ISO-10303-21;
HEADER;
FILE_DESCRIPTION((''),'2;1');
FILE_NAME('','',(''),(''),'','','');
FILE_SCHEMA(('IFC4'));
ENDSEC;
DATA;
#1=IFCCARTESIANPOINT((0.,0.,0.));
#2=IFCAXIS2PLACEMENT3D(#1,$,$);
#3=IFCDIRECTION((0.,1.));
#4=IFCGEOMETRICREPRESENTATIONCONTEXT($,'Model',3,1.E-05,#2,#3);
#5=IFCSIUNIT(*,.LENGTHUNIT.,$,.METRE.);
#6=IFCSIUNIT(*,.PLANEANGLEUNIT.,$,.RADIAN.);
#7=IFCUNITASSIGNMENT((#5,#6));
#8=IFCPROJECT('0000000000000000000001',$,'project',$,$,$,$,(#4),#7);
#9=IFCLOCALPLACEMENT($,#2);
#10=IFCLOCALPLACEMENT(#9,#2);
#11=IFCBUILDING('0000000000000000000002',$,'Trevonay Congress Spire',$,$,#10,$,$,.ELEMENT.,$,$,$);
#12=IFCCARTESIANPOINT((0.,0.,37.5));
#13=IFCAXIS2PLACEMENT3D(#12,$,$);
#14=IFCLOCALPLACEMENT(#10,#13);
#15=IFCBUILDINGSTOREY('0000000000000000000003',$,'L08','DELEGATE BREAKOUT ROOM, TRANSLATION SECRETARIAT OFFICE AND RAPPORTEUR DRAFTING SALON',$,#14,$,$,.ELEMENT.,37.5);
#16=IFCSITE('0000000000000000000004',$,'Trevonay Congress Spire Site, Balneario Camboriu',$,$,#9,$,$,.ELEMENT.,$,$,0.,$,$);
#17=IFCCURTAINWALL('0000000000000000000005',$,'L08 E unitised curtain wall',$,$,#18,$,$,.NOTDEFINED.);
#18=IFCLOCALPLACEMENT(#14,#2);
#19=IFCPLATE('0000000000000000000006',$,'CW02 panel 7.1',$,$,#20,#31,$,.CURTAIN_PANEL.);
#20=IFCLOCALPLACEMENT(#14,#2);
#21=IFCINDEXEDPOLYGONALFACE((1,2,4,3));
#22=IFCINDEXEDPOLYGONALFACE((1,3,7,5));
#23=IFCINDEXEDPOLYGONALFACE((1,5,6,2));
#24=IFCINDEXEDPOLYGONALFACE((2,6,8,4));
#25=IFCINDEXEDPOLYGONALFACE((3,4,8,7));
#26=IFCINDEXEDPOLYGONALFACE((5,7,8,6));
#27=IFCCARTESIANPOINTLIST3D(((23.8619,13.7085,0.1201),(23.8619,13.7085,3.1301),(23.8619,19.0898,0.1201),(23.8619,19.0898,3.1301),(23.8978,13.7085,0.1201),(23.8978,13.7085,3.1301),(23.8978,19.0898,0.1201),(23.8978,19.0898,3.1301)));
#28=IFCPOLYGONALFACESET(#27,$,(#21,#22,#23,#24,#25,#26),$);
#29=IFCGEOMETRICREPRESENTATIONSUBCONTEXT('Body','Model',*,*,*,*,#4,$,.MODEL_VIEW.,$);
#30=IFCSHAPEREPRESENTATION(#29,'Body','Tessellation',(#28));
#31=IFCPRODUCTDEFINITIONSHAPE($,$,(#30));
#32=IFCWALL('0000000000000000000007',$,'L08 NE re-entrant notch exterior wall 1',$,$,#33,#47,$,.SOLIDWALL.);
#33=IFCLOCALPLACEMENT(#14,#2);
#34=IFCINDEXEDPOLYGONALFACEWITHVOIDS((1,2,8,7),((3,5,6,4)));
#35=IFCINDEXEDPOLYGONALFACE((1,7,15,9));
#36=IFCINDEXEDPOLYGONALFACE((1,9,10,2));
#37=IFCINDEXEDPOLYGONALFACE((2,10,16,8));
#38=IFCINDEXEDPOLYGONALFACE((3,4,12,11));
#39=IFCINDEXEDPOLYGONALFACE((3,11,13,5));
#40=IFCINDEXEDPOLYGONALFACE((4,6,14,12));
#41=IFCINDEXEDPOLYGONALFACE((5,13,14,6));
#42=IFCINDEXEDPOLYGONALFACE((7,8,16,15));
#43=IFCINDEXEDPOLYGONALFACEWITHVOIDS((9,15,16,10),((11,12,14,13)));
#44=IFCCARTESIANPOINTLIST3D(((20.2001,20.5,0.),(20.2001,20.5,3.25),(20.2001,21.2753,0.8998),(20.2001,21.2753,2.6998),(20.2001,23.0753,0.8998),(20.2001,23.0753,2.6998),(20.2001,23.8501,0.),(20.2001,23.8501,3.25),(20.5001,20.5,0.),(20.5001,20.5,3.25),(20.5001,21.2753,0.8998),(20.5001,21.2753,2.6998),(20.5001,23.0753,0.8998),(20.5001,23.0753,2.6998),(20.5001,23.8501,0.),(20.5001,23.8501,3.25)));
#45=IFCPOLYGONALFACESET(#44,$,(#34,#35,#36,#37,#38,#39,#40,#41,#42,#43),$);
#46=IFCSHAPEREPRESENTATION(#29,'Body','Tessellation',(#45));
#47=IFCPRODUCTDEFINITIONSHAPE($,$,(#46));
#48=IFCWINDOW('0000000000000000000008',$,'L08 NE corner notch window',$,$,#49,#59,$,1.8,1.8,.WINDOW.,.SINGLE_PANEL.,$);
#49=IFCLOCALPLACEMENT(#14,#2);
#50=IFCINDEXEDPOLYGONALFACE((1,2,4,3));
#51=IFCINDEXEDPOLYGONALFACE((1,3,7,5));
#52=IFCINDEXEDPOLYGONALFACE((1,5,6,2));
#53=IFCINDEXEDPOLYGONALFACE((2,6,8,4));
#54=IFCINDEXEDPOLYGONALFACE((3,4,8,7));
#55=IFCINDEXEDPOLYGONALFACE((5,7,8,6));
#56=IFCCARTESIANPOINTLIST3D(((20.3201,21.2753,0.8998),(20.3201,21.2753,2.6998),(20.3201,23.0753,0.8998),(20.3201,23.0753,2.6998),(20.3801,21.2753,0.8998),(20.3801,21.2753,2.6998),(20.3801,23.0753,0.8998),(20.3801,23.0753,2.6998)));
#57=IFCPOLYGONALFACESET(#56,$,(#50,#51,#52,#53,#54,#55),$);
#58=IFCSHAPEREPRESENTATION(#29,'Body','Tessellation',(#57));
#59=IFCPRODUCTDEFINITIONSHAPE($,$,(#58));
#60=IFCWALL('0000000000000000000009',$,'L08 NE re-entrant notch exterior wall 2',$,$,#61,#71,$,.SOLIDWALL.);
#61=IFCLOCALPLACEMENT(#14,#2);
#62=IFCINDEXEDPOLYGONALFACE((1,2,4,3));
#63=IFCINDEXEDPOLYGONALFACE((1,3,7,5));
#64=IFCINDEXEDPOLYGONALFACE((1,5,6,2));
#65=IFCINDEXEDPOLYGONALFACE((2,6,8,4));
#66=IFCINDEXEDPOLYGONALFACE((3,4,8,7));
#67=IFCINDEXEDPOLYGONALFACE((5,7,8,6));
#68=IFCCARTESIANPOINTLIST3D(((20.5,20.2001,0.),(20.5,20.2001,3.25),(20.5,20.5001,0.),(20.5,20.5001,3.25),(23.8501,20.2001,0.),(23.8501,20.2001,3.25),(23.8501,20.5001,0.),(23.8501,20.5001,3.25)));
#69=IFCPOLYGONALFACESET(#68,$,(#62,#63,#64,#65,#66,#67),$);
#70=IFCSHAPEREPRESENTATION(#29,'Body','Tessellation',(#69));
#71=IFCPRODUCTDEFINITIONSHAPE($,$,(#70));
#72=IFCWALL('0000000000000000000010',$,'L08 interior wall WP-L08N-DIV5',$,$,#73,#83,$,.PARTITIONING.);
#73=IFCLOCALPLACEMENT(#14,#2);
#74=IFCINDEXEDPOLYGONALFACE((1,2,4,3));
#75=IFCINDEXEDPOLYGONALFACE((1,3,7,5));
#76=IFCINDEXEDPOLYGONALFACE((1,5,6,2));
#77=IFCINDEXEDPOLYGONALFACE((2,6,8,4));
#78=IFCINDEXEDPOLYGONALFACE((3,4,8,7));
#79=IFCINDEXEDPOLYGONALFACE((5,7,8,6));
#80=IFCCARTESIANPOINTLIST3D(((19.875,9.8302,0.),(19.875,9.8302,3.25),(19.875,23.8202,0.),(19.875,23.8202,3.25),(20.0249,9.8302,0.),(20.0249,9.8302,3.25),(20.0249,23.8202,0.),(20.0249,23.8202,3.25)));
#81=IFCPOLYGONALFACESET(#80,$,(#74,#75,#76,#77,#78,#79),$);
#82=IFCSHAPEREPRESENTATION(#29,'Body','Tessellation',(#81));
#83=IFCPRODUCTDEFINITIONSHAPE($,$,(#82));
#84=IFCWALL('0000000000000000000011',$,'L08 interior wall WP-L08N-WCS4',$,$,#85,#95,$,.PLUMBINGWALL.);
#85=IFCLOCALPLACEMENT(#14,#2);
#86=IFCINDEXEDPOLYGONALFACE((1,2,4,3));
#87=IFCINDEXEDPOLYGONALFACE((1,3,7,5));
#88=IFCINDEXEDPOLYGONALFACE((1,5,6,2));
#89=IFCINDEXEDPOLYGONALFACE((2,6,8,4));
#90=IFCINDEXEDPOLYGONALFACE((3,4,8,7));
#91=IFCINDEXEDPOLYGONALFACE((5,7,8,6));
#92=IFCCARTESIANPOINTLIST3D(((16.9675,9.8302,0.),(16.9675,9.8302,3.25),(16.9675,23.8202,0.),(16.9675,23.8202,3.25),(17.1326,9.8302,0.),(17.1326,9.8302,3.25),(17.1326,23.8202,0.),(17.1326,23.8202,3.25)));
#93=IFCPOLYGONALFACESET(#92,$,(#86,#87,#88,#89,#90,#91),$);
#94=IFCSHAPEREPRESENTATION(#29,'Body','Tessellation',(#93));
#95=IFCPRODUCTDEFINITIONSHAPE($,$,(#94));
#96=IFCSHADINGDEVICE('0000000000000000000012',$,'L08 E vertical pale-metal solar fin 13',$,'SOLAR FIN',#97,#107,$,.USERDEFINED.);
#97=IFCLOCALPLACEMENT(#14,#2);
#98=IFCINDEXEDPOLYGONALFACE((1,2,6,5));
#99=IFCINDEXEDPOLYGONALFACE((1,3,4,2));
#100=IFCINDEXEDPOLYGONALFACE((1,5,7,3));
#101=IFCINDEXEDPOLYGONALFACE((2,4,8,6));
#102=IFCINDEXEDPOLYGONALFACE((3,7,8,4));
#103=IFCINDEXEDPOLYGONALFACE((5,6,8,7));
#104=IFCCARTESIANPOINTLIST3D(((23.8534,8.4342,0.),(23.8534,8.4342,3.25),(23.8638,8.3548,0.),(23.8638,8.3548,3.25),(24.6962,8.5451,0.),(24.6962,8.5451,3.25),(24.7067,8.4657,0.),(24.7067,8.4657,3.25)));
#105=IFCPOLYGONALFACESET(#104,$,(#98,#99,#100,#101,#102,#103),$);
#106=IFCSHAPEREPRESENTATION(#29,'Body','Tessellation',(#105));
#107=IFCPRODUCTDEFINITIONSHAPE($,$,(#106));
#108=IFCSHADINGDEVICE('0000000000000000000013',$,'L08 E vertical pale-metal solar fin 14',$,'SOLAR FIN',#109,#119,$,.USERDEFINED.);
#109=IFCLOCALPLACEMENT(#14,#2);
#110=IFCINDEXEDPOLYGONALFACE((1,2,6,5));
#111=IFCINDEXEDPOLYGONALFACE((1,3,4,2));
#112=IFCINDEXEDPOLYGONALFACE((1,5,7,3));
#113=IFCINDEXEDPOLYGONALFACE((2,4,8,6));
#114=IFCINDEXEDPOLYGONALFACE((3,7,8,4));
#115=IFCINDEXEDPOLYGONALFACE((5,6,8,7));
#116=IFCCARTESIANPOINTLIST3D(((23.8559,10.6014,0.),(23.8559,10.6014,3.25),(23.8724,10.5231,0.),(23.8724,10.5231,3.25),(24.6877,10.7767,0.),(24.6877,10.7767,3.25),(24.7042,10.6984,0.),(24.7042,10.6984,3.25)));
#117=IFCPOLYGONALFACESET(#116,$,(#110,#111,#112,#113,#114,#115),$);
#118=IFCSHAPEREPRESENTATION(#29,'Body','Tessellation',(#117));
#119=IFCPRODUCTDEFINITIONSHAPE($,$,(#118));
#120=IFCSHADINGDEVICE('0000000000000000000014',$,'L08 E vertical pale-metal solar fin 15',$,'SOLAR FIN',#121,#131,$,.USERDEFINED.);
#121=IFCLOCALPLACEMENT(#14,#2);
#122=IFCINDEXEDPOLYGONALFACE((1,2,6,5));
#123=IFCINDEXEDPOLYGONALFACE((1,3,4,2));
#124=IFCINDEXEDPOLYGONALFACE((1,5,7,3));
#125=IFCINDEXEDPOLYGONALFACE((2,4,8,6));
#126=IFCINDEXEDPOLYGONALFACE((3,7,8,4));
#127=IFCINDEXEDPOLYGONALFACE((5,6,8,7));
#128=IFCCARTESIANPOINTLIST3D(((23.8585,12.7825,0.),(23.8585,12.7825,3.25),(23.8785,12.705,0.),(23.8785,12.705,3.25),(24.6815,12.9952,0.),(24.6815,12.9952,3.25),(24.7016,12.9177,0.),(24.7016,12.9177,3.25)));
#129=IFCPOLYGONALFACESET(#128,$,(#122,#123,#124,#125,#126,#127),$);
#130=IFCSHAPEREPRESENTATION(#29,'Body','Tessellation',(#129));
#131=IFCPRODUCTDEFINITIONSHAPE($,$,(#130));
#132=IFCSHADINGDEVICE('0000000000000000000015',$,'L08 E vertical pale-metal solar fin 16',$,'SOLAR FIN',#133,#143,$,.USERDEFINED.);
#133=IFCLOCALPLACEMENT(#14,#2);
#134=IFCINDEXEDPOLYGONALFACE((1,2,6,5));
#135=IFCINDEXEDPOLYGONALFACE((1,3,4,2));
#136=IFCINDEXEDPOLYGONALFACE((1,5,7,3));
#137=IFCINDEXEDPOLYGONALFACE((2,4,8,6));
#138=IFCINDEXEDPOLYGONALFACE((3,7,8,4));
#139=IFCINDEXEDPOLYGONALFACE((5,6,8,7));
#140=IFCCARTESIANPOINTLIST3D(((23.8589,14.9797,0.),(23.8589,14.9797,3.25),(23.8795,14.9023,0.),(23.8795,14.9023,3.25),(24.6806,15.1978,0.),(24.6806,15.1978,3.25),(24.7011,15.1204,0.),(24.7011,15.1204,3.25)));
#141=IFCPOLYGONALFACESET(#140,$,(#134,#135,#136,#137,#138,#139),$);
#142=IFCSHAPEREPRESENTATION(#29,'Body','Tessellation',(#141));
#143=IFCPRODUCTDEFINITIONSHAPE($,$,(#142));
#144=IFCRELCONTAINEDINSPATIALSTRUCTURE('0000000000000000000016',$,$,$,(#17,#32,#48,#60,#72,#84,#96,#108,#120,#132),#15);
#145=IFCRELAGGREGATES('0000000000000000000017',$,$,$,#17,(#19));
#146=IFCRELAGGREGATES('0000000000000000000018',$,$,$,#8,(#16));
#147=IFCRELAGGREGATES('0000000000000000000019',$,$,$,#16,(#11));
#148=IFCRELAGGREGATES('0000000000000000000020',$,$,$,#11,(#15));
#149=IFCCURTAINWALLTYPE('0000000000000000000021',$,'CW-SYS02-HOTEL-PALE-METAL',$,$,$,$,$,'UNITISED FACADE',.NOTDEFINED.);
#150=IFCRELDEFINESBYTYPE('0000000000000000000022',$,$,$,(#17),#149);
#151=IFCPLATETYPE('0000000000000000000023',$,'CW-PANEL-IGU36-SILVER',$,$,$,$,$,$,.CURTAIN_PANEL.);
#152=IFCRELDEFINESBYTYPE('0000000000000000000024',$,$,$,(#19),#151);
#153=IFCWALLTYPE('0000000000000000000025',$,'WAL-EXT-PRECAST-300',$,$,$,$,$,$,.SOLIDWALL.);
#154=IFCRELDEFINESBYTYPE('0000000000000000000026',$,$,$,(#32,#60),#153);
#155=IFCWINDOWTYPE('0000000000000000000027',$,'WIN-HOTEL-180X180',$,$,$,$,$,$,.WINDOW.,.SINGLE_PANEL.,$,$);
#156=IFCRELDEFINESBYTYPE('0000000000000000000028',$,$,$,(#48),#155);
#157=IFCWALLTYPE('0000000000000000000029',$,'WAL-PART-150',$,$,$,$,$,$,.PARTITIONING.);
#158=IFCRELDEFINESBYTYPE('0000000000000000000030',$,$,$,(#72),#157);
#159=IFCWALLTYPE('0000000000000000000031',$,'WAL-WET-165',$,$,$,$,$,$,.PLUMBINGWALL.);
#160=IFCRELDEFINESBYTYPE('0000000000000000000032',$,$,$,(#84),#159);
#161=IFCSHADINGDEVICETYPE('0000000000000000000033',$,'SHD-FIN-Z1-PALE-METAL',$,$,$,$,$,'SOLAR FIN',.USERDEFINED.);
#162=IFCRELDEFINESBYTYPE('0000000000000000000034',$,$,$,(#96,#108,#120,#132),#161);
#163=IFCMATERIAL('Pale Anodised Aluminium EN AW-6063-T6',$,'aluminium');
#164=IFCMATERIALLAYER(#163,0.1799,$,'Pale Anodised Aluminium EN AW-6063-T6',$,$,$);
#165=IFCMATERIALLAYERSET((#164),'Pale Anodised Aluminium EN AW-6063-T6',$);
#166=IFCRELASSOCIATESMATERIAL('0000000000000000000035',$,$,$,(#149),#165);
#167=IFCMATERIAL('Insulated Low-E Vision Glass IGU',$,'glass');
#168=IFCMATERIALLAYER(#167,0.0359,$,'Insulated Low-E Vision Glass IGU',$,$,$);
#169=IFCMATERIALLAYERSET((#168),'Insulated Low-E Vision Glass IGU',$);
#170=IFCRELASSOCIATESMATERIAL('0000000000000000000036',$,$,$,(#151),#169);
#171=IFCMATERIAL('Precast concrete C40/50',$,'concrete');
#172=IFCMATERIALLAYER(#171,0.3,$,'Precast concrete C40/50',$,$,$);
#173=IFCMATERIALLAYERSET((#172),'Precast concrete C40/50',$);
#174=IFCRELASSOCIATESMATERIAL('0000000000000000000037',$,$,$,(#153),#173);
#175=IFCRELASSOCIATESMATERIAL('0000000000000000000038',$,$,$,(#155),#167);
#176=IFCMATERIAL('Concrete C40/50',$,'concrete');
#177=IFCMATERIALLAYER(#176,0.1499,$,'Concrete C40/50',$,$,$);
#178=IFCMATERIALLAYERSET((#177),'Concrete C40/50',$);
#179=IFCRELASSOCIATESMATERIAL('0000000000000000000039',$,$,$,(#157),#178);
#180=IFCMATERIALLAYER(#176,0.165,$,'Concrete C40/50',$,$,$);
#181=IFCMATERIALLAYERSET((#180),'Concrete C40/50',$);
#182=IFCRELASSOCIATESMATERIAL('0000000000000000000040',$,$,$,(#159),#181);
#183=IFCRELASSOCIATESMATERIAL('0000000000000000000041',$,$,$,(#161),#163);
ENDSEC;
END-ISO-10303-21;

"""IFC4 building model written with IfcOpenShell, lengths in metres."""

from ifc_helpers import new_model, si_unit, direction, frame, frame_2d, origin, origin_2d, place, context, subcontext, project, spatial, rectangle, extrude, material, layer, layer_set, type_object, element, fill, aggregate, save


model = new_model("IFC4")

# Units and contexts
model_context = context("Model", 3, precision=1e-05, world=origin(), true_north=direction((0.0, 1.0)))
body_context = subcontext(model_context, "Body", "Model", "MODEL_VIEW")
ifc_project = project(units=[si_unit("LENGTHUNIT", "METRE"), si_unit("PLANEANGLEUNIT", "RADIAN")], contexts=[model_context])

# Site, building, storey
site_placement = place(None, origin())
site = spatial("IfcSite", under=ifc_project, at=site_placement, Name="Trevonay Congress Spire Site, Balneario Camboriu", CompositionType="ELEMENT", RefElevation=0.0)
building_placement = place(site_placement, origin())
building = spatial("IfcBuilding", under=site, at=building_placement, Name="Trevonay Congress Spire", CompositionType="ELEMENT")
storey_placement = place(building_placement, frame((0.0, 0.0, 37.5)))
storey = spatial("IfcBuildingStorey", under=building, at=storey_placement, Name="L08", Description="DELEGATE BREAKOUT ROOM, TRANSLATION SECRETARIAT OFFICE AND RAPPORTEUR DRAFTING SALON", CompositionType="ELEMENT", Elevation=37.5)

# Shared definitions
ifc_material_1 = material(Name="Pale Anodised Aluminium EN AW-6063-T6", Category="aluminium")
ifc_layer_1 = layer(ifc_material_1, 0.1799, Name="Pale Anodised Aluminium EN AW-6063-T6")
ifc_layer_set_1 = layer_set([ifc_layer_1], Name="Pale Anodised Aluminium EN AW-6063-T6")
curtain_wall_type = type_object("IfcCurtainWallType", Name="CW-SYS02-HOTEL-PALE-METAL", ElementType="UNITISED FACADE", PredefinedType="NOTDEFINED", material=ifc_layer_set_1)

# Curtain wall
curtain_wall_1_placement = place(storey_placement, origin())
curtain_wall_1 = element("IfcCurtainWall", 1, at=curtain_wall_1_placement, inside=storey, type_object=curtain_wall_type, Name="L08 E unitised curtain wall", PredefinedType="NOTDEFINED")

# Plate
ifc_material_2 = material(Name="Insulated Low-E Vision Glass IGU", Category="glass")
ifc_layer_2 = layer(ifc_material_2, 0.0359, Name="Insulated Low-E Vision Glass IGU")
ifc_layer_set_2 = layer_set([ifc_layer_2], Name="Insulated Low-E Vision Glass IGU")
plate_type = type_object("IfcPlateType", Name="CW-PANEL-IGU36-SILVER", PredefinedType="CURTAIN_PANEL", material=ifc_layer_set_2)
plate_1_placement = place(storey_placement, frame((23.8799, 16.3992, 0.1201), z_axis=(0.0, 0.0, 1.0), x_axis=(0.0, 1.0, 0.0)))
plate_1 = element("IfcPlate", 2, at=plate_1_placement, type_object=plate_type, Name="CW02 panel 7.1", PredefinedType="CURTAIN_PANEL", context=body_context, shape_type="SweptSolid", body=[
    extrude(rectangle(XDim=5.3813, YDim=0.0359, at=origin_2d()), origin(), (0.0, 0.0, 1.0), 3.01),
])
aggregate(curtain_wall_1, [plate_1])

# Wall, opening, window
ifc_material_3 = material(Name="Precast concrete C40/50", Category="concrete")
ifc_layer_3 = layer(ifc_material_3, 0.3, Name="Precast concrete C40/50")
ifc_layer_set_3 = layer_set([ifc_layer_3], Name="Precast concrete C40/50")
wall_type_1 = type_object("IfcWallType", Name="WAL-EXT-PRECAST-300", PredefinedType="SOLIDWALL", material=ifc_layer_set_3)
wall_1_placement = place(storey_placement, frame((20.3501, 23.8501, 0.0), z_axis=(0.0, 0.0, 1.0), x_axis=(0.0, -1.0, 0.0)))
wall_1 = element("IfcWall", 3, at=wall_1_placement, inside=storey, type_object=wall_type_1, Name="L08 NE re-entrant notch exterior wall 1", PredefinedType="SOLIDWALL", context=body_context, shape_type="SweptSolid", body=[
    extrude(rectangle(XDim=3.3501, YDim=0.3, at=frame_2d((1.675, 0.0))), origin(), (0.0, 0.0, 1.0), 3.25),
])
opening_placement = place(wall_1_placement, frame((0.7749, 0.0, 0.8999)))
opening = element("IfcOpeningElement", 4, at=opening_placement, cuts=wall_1, PredefinedType="OPENING", context=body_context, shape_type="SweptSolid", body=[
    extrude(rectangle(XDim=1.8, YDim=1.8, at=frame_2d((0.8999, 0.8999))), frame((0.0, 0.1602, 0.0), z_axis=(0.0, -1.0, 0.0), x_axis=(1.0, 0.0, 0.0)), (0.0, 0.0, 1.0), 0.3201),
])
window_type = type_object("IfcWindowType", Name="WIN-HOTEL-180X180", PartitioningType="SINGLE_PANEL", PredefinedType="WINDOW", material=ifc_material_2)
window_placement = place(opening_placement, origin())
window = element("IfcWindow", 5, at=window_placement, inside=storey, type_object=window_type, Name="L08 NE corner notch window", OverallHeight=1.8, OverallWidth=1.8, PartitioningType="SINGLE_PANEL", PredefinedType="WINDOW", context=body_context, shape_type="SweptSolid", body=[
    extrude(rectangle(XDim=1.8, YDim=1.8, at=frame_2d((0.8999, 0.8999))), frame((0.0, 0.03, 0.0), z_axis=(0.0, -1.0, 0.0), x_axis=(1.0, 0.0, 0.0)), (0.0, 0.0, 1.0), 0.0601),
])
fill(opening, window)

# Walls
wall_2_placement = place(storey_placement, frame((23.8501, 20.3501, 0.0), z_axis=(0.0, 0.0, 1.0), x_axis=(-1.0, 0.0, 0.0)))
element("IfcWall", 6, at=wall_2_placement, inside=storey, type_object=wall_type_1, Name="L08 NE re-entrant notch exterior wall 2", PredefinedType="SOLIDWALL", context=body_context, shape_type="SweptSolid", body=[
    extrude(rectangle(XDim=3.3501, YDim=0.3, at=frame_2d((1.675, 0.0))), origin(), (0.0, 0.0, 1.0), 3.25),
])
ifc_material_4 = material(Name="Concrete C40/50", Category="concrete")
ifc_layer_4 = layer(ifc_material_4, 0.1499, Name="Concrete C40/50")
ifc_layer_set_4 = layer_set([ifc_layer_4], Name="Concrete C40/50")
wall_type_2 = type_object("IfcWallType", Name="WAL-PART-150", PredefinedType="PARTITIONING", material=ifc_layer_set_4)
wall_3_placement = place(storey_placement, frame((19.95, 9.8301, 0.0), z_axis=(0.0, 0.0, 1.0), x_axis=(0.0, 1.0, 0.0)))
element("IfcWall", 7, at=wall_3_placement, inside=storey, type_object=wall_type_2, Name="L08 interior wall WP-L08N-DIV5", PredefinedType="PARTITIONING", context=body_context, shape_type="SweptSolid", body=[
    extrude(rectangle(XDim=13.99, YDim=0.1499, at=frame_2d((6.9951, 0.0))), origin(), (0.0, 0.0, 1.0), 3.25),
])
ifc_layer_5 = layer(ifc_material_4, 0.165, Name="Concrete C40/50")
ifc_layer_set_5 = layer_set([ifc_layer_5], Name="Concrete C40/50")
wall_type_3 = type_object("IfcWallType", Name="WAL-WET-165", PredefinedType="PLUMBINGWALL", material=ifc_layer_set_5)
wall_4_placement = place(storey_placement, frame((17.05, 9.8301, 0.0), z_axis=(0.0, 0.0, 1.0), x_axis=(0.0, 1.0, 0.0)))
element("IfcWall", 8, at=wall_4_placement, inside=storey, type_object=wall_type_3, Name="L08 interior wall WP-L08N-WCS4", PredefinedType="PLUMBINGWALL", context=body_context, shape_type="SweptSolid", body=[
    extrude(rectangle(XDim=13.99, YDim=0.165, at=frame_2d((6.9951, 0.0))), origin(), (0.0, 0.0, 1.0), 3.25),
])

# Shading devices
shading_device_type = type_object("IfcShadingDeviceType", Name="SHD-FIN-Z1-PALE-METAL", ElementType="SOLAR FIN", PredefinedType="USERDEFINED", material=ifc_material_1)
for number, where, z_axis, x_axis, name in (
    (9, (24.28, 8.45, 0.0), (0.0, 0.0, 1.0), (-0.130526, 0.991445, 0.0), "L08 E vertical pale-metal solar fin 13"),
    (10, (24.28, 10.6499, 0.0), (0.0, 0.0, 1.0), (-0.206204, 0.978509, 0.0), "L08 E vertical pale-metal solar fin 14"),
    (11, (24.28, 12.8501, 0.0), (0.0, 0.0, 1.0), (-0.250211, 0.968191, 0.0), "L08 E vertical pale-metal solar fin 15"),
    (12, (24.28, 15.05, 0.0), (0.0, 0.0, 1.0), (-0.256627, 0.966511, 0.0), "L08 E vertical pale-metal solar fin 16"),
):
    element("IfcShadingDevice", number, at=place(storey_placement, frame(where, z_axis=z_axis, x_axis=x_axis)), inside=storey, type_object=shading_device_type, Name=name, ObjectType="SOLAR FIN", PredefinedType="USERDEFINED", context=body_context, shape_type="SweptSolid", body=[
        extrude(rectangle(XDim=0.0801, YDim=0.8501, at=origin_2d()), origin(), (0.0, 0.0, 1.0), 3.25),
    ])

save(model, "model.ifc")
